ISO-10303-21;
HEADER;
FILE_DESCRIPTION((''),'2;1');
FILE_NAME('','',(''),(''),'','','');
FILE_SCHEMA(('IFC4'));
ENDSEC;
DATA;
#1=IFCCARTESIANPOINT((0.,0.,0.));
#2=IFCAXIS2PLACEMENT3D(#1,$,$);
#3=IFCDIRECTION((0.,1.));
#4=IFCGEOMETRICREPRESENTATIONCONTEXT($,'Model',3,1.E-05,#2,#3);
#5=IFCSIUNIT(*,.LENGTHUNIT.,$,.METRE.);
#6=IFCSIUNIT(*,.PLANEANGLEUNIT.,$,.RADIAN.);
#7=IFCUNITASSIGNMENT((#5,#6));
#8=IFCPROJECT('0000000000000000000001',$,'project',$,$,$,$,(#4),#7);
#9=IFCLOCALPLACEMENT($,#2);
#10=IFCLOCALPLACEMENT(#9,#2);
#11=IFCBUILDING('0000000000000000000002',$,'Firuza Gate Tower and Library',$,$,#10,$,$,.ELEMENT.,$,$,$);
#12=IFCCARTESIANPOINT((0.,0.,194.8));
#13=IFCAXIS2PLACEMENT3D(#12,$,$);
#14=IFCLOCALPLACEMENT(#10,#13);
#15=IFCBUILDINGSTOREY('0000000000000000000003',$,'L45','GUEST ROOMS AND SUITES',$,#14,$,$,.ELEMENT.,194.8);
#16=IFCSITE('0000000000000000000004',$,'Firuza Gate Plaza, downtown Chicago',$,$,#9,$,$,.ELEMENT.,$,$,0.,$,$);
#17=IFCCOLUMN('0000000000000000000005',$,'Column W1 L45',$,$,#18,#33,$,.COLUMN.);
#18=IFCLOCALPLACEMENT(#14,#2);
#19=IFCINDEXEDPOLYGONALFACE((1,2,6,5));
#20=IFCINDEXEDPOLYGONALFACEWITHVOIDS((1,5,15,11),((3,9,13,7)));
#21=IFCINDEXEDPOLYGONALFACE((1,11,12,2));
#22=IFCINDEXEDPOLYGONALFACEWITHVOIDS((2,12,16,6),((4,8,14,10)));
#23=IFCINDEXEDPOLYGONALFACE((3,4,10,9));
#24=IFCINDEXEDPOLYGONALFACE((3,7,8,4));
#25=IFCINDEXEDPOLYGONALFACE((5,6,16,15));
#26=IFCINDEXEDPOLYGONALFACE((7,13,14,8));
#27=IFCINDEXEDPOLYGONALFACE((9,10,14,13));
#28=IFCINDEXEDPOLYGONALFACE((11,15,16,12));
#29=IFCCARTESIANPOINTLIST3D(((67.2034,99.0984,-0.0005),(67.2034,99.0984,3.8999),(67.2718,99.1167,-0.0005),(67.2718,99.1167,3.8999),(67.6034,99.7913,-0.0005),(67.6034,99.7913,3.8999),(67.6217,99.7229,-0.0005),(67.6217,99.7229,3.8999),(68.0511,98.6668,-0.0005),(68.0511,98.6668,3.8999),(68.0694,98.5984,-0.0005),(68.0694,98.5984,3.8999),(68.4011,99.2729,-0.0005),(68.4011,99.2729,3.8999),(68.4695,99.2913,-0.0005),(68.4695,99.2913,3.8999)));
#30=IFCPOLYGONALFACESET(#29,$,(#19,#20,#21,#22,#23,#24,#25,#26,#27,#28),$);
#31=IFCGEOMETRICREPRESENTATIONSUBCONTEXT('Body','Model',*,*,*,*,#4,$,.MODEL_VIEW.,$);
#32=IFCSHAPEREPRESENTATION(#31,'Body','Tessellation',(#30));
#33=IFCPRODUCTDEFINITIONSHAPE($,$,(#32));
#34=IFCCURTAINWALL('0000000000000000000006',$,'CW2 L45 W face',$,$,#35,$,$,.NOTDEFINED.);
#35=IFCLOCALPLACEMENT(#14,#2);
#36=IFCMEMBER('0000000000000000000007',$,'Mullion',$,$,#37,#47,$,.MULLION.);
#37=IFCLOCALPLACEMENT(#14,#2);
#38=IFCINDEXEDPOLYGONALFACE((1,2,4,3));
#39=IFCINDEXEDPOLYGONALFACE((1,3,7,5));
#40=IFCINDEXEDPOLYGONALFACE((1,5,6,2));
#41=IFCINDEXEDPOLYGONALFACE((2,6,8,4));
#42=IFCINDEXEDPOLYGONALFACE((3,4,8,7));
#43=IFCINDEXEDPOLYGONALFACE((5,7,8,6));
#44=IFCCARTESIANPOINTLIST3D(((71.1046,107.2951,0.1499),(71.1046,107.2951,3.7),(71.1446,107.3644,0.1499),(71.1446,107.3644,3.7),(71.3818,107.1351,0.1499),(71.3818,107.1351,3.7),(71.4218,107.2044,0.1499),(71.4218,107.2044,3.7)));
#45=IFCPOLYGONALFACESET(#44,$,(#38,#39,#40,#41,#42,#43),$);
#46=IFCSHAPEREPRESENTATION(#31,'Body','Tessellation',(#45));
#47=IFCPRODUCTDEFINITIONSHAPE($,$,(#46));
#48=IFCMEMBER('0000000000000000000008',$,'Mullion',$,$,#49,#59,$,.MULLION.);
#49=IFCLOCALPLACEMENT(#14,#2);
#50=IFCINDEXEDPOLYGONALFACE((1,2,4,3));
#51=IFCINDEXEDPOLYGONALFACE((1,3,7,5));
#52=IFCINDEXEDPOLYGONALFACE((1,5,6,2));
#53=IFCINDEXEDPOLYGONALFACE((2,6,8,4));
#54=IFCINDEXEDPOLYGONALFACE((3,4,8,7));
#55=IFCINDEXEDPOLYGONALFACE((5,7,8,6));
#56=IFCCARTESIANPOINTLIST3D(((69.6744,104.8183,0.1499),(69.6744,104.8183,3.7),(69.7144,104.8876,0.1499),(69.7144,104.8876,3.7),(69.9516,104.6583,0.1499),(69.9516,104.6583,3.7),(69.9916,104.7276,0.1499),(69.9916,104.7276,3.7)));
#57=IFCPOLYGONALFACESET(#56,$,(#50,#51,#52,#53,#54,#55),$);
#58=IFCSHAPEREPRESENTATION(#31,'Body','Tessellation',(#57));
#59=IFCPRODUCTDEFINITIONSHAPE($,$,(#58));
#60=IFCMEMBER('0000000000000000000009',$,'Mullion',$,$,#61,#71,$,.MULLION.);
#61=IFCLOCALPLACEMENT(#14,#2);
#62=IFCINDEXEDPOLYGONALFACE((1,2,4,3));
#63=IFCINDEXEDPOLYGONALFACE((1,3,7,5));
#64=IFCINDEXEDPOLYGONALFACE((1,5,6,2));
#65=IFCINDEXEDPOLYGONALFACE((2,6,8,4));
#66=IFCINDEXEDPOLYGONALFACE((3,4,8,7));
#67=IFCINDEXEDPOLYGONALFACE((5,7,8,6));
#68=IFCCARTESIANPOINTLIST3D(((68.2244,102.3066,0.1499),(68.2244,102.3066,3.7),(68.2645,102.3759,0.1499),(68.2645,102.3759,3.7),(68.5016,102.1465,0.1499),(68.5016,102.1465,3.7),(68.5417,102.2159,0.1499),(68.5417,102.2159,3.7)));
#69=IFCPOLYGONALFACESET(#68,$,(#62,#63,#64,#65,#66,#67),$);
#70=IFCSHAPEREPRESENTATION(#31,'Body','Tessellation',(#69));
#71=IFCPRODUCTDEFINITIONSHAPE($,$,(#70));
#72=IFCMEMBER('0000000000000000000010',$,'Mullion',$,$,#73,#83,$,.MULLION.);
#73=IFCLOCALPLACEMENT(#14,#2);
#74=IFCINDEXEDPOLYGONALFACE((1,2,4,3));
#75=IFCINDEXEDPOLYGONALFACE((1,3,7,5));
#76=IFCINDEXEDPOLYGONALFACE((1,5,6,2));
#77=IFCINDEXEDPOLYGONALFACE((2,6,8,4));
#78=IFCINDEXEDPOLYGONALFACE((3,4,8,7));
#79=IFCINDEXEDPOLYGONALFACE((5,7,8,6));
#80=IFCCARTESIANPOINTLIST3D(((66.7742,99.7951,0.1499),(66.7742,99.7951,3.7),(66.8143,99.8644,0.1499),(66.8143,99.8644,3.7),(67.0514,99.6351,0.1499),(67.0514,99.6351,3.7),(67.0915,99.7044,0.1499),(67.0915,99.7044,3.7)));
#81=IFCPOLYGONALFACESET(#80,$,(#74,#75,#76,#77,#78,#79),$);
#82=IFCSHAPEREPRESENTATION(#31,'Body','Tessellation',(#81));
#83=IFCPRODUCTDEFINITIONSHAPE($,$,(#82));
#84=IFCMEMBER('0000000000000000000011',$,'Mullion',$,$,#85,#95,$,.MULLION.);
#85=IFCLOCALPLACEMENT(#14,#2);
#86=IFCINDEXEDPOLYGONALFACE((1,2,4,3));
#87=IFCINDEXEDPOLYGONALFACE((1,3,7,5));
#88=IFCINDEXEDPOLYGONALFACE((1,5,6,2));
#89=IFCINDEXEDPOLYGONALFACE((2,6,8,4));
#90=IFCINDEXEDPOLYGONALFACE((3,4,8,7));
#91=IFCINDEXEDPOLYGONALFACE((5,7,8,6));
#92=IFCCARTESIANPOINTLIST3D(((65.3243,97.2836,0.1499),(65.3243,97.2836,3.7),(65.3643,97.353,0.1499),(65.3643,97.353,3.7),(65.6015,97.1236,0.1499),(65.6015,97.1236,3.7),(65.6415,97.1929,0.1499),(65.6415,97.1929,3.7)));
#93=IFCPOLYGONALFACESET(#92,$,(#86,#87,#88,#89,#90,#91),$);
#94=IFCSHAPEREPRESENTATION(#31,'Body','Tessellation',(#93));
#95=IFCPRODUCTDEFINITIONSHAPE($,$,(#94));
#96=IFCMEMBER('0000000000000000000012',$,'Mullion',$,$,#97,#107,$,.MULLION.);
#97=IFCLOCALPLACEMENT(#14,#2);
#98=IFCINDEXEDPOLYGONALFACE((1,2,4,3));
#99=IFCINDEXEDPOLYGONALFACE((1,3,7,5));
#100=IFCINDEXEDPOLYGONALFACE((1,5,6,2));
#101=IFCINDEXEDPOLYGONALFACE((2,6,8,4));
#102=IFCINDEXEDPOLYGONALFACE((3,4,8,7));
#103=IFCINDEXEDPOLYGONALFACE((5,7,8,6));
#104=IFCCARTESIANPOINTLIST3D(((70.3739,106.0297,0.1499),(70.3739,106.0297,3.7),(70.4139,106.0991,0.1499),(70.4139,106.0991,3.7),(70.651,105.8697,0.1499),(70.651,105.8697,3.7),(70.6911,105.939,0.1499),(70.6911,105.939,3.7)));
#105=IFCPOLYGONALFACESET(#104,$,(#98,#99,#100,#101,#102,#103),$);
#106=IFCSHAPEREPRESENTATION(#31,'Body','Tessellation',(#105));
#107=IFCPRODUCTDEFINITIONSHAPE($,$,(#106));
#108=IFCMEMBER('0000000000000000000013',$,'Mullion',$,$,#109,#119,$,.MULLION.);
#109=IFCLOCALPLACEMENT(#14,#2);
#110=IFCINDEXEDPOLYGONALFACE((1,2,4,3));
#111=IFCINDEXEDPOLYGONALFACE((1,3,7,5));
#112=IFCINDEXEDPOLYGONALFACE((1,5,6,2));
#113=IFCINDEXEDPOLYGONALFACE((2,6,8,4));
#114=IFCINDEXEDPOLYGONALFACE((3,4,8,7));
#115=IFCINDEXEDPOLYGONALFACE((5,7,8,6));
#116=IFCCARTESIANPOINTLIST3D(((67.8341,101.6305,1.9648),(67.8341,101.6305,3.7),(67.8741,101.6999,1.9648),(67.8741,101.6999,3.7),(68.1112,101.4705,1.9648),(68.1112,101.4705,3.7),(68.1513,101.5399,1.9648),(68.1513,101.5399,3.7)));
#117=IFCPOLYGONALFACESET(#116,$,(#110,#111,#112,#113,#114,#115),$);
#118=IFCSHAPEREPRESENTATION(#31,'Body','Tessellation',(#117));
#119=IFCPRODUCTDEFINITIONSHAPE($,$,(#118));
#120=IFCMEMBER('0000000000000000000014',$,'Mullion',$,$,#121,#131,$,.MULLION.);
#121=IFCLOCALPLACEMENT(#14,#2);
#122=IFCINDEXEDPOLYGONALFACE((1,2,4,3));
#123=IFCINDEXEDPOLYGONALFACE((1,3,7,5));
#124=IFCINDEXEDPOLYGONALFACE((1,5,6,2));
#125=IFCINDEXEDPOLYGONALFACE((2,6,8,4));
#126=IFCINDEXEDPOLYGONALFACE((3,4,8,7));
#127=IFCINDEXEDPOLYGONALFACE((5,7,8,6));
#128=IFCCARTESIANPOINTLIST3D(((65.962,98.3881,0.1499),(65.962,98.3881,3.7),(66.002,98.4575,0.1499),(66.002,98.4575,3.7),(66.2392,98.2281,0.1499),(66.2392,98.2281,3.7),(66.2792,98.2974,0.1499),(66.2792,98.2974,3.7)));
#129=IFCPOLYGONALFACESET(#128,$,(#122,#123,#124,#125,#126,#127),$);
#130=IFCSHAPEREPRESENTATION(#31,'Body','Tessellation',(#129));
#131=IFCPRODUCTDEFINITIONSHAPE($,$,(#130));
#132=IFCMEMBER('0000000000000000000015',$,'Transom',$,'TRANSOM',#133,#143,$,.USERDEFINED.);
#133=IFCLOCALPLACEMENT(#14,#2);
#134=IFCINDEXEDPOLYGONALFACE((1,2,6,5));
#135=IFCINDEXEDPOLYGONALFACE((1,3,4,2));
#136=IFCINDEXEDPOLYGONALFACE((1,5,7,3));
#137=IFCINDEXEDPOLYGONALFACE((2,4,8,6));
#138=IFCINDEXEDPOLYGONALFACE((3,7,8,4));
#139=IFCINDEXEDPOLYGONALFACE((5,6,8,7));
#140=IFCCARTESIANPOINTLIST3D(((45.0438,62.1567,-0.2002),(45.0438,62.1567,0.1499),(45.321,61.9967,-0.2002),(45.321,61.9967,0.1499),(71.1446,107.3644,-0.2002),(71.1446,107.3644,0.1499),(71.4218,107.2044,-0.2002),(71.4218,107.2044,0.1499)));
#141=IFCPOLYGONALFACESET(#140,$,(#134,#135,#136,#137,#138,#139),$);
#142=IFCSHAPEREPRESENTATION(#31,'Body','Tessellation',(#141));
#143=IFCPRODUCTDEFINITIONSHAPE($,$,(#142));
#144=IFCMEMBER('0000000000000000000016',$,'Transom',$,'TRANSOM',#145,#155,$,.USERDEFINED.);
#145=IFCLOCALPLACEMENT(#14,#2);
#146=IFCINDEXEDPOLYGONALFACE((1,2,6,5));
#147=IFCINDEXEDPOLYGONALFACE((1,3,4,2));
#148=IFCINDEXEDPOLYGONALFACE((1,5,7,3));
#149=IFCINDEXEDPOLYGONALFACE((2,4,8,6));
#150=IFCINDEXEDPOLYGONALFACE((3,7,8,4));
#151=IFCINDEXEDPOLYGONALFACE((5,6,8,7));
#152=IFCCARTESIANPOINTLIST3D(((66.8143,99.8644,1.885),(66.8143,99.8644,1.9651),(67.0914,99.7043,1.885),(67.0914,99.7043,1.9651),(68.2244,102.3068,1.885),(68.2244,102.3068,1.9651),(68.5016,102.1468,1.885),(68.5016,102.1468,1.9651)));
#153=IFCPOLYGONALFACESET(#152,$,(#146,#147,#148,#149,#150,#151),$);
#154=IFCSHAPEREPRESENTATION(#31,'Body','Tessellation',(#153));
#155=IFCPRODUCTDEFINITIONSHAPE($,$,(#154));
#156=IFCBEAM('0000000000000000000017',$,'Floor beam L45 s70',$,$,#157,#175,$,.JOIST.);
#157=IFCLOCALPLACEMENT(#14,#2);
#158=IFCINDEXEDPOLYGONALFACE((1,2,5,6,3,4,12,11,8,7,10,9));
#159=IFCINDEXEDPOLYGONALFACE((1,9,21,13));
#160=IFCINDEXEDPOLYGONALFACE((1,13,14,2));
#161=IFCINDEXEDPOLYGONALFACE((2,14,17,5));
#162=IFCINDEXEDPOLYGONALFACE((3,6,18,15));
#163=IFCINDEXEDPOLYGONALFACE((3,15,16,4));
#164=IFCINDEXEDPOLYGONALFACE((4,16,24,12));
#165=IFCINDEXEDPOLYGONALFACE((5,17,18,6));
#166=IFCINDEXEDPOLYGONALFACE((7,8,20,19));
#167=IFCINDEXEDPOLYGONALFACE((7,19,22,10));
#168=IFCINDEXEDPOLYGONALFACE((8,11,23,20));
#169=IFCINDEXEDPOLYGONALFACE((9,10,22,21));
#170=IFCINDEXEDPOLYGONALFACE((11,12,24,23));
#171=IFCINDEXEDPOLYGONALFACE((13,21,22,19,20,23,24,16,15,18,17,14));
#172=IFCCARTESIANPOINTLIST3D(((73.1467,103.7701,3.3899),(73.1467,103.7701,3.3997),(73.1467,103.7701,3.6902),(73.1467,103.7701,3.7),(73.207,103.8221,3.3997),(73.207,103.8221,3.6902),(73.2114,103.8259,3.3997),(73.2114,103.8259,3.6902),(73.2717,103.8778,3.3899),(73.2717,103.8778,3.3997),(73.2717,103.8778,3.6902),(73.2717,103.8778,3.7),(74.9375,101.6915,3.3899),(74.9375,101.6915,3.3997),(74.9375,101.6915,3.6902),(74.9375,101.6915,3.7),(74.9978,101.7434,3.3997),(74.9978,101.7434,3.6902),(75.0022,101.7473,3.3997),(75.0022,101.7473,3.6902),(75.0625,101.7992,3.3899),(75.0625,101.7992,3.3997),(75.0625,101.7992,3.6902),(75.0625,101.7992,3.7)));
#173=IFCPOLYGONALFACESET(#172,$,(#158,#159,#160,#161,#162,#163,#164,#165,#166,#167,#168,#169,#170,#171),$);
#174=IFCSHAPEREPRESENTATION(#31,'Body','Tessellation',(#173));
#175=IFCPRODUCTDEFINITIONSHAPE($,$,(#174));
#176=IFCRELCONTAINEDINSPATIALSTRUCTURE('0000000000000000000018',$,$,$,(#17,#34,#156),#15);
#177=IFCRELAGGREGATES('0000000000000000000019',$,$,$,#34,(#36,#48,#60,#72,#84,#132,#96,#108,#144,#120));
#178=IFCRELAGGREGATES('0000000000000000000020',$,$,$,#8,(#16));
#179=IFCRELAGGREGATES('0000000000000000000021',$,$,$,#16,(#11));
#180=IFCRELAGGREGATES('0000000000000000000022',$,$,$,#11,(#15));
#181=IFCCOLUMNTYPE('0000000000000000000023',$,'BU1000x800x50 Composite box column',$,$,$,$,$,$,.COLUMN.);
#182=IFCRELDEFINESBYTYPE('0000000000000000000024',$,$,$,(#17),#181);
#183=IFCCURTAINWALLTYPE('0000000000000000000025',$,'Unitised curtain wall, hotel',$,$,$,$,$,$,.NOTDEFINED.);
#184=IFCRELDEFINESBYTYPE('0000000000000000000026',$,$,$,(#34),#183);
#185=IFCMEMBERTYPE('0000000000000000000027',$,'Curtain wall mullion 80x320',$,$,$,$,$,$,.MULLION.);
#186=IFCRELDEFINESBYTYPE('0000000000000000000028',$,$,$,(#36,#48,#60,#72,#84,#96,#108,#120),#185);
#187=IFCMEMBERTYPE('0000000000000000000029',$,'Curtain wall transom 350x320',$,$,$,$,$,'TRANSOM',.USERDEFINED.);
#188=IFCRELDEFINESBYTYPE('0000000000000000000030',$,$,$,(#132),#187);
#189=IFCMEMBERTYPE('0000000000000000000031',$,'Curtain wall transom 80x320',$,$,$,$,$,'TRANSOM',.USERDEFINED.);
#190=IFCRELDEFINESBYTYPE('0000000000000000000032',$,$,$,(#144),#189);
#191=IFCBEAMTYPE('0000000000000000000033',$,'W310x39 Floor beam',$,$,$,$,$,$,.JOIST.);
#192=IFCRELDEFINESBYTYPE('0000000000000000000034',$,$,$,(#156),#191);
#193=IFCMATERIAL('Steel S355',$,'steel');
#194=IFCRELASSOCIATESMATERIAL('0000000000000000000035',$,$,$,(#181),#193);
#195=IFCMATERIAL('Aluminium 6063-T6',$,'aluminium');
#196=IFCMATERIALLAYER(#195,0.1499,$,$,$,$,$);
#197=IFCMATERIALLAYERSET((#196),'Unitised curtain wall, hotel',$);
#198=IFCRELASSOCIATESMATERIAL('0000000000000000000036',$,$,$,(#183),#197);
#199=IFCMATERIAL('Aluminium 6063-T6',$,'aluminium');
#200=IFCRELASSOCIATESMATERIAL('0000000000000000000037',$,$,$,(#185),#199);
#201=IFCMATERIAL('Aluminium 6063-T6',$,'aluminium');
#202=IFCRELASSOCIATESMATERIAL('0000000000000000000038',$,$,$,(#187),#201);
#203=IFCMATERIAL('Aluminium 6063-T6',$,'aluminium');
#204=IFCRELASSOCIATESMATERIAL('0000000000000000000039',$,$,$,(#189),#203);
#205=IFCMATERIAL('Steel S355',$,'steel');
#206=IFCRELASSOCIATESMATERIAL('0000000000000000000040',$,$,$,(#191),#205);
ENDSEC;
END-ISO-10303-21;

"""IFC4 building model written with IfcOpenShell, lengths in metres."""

from ifc_helpers import new_model, si_unit, direction, frame, origin, origin_2d, place, context, subcontext, project, spatial, rectangle, hollow_rectangle, i_section, extrude, material, layer, layer_set, material_profile, profile_set, type_object, element, aggregate, save


model = new_model("IFC4")

# Units and contexts
model_context = context("Model", 3, precision=1e-05, world=origin(), true_north=direction((0.0, 1.0)))
body_context = subcontext(model_context, "Body", "Model", "MODEL_VIEW")
ifc_project = project(units=[si_unit("LENGTHUNIT", "METRE"), si_unit("PLANEANGLEUNIT", "RADIAN")], contexts=[model_context])

# Site, building, storey
site_placement = place(None, origin())
site = spatial("IfcSite", under=ifc_project, at=site_placement, Name="Firuza Gate Plaza, downtown Chicago", CompositionType="ELEMENT", RefElevation=0.0)
building_placement = place(site_placement, origin())
building = spatial("IfcBuilding", under=site, at=building_placement, Name="Firuza Gate Tower and Library", CompositionType="ELEMENT")
storey_placement = place(building_placement, frame((0.0, 0.0, 194.8)))
storey = spatial("IfcBuildingStorey", under=building, at=storey_placement, Name="L45", Description="GUEST ROOMS AND SUITES", CompositionType="ELEMENT", Elevation=194.8)

# Column
ifc_material_1 = material(Name="Steel S355", Category="steel")
ifc_material_profile_1 = material_profile(ifc_material_1, hollow_rectangle(XDim=0.8, YDim=1.0, WallThickness=0.05, at=origin_2d()))
ifc_profile_set_1 = profile_set([ifc_material_profile_1], Name="Steel S355")
column_type = type_object("IfcColumnType", Name="BU1000x800x50 Composite box column", PredefinedType="COLUMN", material=ifc_profile_set_1)
column_placement = place(storey_placement, frame((67.8364, 99.1948, -0.0005), z_axis=(0.0, 0.0, 1.0), x_axis=(-0.5, -0.866025, 0.0)))
element("IfcColumn", 1, at=column_placement, inside=storey, type_object=column_type, Name="Column W1 L45", PredefinedType="COLUMN", context=body_context, shape_type="SweptSolid", body=[
    extrude(hollow_rectangle(XDim=0.8, YDim=1.0, WallThickness=0.05, at=origin_2d()), origin(), (0.0, 0.0, 1.0), 3.9004),
])

# Curtain wall, members
ifc_material_2 = material(Name="Aluminium 6063-T6", Category="aluminium")
ifc_layer_1 = layer(ifc_material_2, 0.1499)
ifc_layer_set_1 = layer_set([ifc_layer_1], Name="Unitised curtain wall, hotel")
curtain_wall_type = type_object("IfcCurtainWallType", Name="Unitised curtain wall, hotel", PredefinedType="NOTDEFINED", material=ifc_layer_set_1)
curtain_wall_placement = place(storey_placement, origin())
curtain_wall = element("IfcCurtainWall", 2, at=curtain_wall_placement, inside=storey, type_object=curtain_wall_type, Name="CW2 L45 W face", PredefinedType="NOTDEFINED")
ifc_material_3 = material(Name="Aluminium 6063-T6", Category="aluminium")
ifc_material_profile_2 = material_profile(ifc_material_3, rectangle(XDim=0.3201, YDim=0.0801, at=origin_2d()))
ifc_profile_set_2 = profile_set([ifc_material_profile_2], Name="Aluminium 6063-T6")
member_type_1 = type_object("IfcMemberType", Name="Curtain wall mullion 80x320", PredefinedType="MULLION", material=ifc_profile_set_2)
member_1_placement = place(storey_placement, frame((71.2632, 107.2498, 0.1499), z_axis=(0.0, 0.0, 1.0), x_axis=(0.866025, -0.5, 0.0)))
member_1 = element("IfcMember", 3, at=member_1_placement, type_object=member_type_1, Name="Mullion", PredefinedType="MULLION", context=body_context, shape_type="SweptSolid", body=[
    extrude(rectangle(XDim=0.3201, YDim=0.0801, at=origin_2d()), origin(), (0.0, 0.0, 1.0), 3.55),
])
member_2_placement = place(storey_placement, frame((69.833, 104.7729, 0.1499), z_axis=(0.0, 0.0, 1.0), x_axis=(0.866025, -0.5, 0.0)))
member_2 = element("IfcMember", 4, at=member_2_placement, type_object=member_type_1, Name="Mullion", PredefinedType="MULLION", context=body_context, shape_type="SweptSolid", body=[
    extrude(rectangle(XDim=0.3201, YDim=0.0801, at=origin_2d()), origin(), (0.0, 0.0, 1.0), 3.55),
])
member_3_placement = place(storey_placement, frame((68.3831, 102.2612, 0.1499), z_axis=(0.0, 0.0, 1.0), x_axis=(0.866025, -0.5, 0.0)))
member_3 = element("IfcMember", 5, at=member_3_placement, type_object=member_type_1, Name="Mullion", PredefinedType="MULLION", context=body_context, shape_type="SweptSolid", body=[
    extrude(rectangle(XDim=0.3201, YDim=0.0801, at=origin_2d()), origin(), (0.0, 0.0, 1.0), 3.55),
])
member_4_placement = place(storey_placement, frame((66.9329, 99.7498, 0.1499), z_axis=(0.0, 0.0, 1.0), x_axis=(0.866025, -0.5, 0.0)))
member_4 = element("IfcMember", 6, at=member_4_placement, type_object=member_type_1, Name="Mullion", PredefinedType="MULLION", context=body_context, shape_type="SweptSolid", body=[
    extrude(rectangle(XDim=0.3201, YDim=0.0801, at=origin_2d()), origin(), (0.0, 0.0, 1.0), 3.55),
])
member_5_placement = place(storey_placement, frame((65.4829, 97.2383, 0.1499), z_axis=(0.0, 0.0, 1.0), x_axis=(0.866025, -0.5, 0.0)))
member_5 = element("IfcMember", 7, at=member_5_placement, type_object=member_type_1, Name="Mullion", PredefinedType="MULLION", context=body_context, shape_type="SweptSolid", body=[
    extrude(rectangle(XDim=0.3201, YDim=0.0801, at=origin_2d()), origin(), (0.0, 0.0, 1.0), 3.55),
])
member_6_placement = place(storey_placement, frame((70.5325, 105.9844, 0.1499), z_axis=(0.0, 0.0, 1.0), x_axis=(0.866025, -0.5, 0.0)))
member_6 = element("IfcMember", 8, at=member_6_placement, type_object=member_type_1, Name="Mullion", PredefinedType="MULLION", context=body_context, shape_type="SweptSolid", body=[
    extrude(rectangle(XDim=0.3201, YDim=0.0801, at=origin_2d()), origin(), (0.0, 0.0, 1.0), 3.55),
])
member_7_placement = place(storey_placement, frame((67.9927, 101.5852, 1.9648), z_axis=(0.0, 0.0, 1.0), x_axis=(0.866025, -0.5, 0.0)))
member_7 = element("IfcMember", 9, at=member_7_placement, type_object=member_type_1, Name="Mullion", PredefinedType="MULLION", context=body_context, shape_type="SweptSolid", body=[
    extrude(rectangle(XDim=0.3201, YDim=0.0801, at=origin_2d()), origin(), (0.0, 0.0, 1.0), 1.7351),
])
member_8_placement = place(storey_placement, frame((66.1206, 98.3428, 0.1499), z_axis=(0.0, 0.0, 1.0), x_axis=(0.866025, -0.5, 0.0)))
member_8 = element("IfcMember", 10, at=member_8_placement, type_object=member_type_1, Name="Mullion", PredefinedType="MULLION", context=body_context, shape_type="SweptSolid", body=[
    extrude(rectangle(XDim=0.3201, YDim=0.0801, at=origin_2d()), origin(), (0.0, 0.0, 1.0), 3.55),
])
ifc_material_4 = material(Name="Aluminium 6063-T6", Category="aluminium")
ifc_material_profile_3 = material_profile(ifc_material_4, rectangle(XDim=0.3201, YDim=0.3501, at=origin_2d()))
ifc_profile_set_3 = profile_set([ifc_material_profile_3], Name="Aluminium 6063-T6")
member_type_2 = type_object("IfcMemberType", Name="Curtain wall transom 350x320", ElementType="TRANSOM", PredefinedType="USERDEFINED", material=ifc_profile_set_3)
member_9_placement = place(storey_placement, frame((71.2832, 107.2844, -0.0251), z_axis=(-0.500002, -0.866024, 0.0), x_axis=(0.866024, -0.500002, 0.0)))
member_9 = element("IfcMember", 11, at=member_9_placement, type_object=member_type_2, Name="Transom", ObjectType="TRANSOM", PredefinedType="USERDEFINED", context=body_context, shape_type="SweptSolid", body=[
    extrude(rectangle(XDim=0.3201, YDim=0.3501, at=origin_2d()), origin(), (0.0, 0.0, 1.0), 52.2014),
])
ifc_material_5 = material(Name="Aluminium 6063-T6", Category="aluminium")
ifc_material_profile_4 = material_profile(ifc_material_5, rectangle(XDim=0.3201, YDim=0.0801, at=origin_2d()))
ifc_profile_set_4 = profile_set([ifc_material_profile_4], Name="Aluminium 6063-T6")
member_type_3 = type_object("IfcMemberType", Name="Curtain wall transom 80x320", ElementType="TRANSOM", PredefinedType="USERDEFINED", material=ifc_profile_set_4)
member_10_placement = place(storey_placement, frame((68.363, 102.2268, 1.925), z_axis=(-0.500012, -0.866018, 0.0), x_axis=(0.866018, -0.500012, 0.0)))
member_10 = element("IfcMember", 12, at=member_10_placement, type_object=member_type_3, Name="Transom", ObjectType="TRANSOM", PredefinedType="USERDEFINED", context=body_context, shape_type="SweptSolid", body=[
    extrude(rectangle(XDim=0.3201, YDim=0.0801, at=origin_2d()), origin(), (0.0, 0.0, 1.0), 2.8203),
])

# Beam
ifc_material_6 = material(Name="Steel S355", Category="steel")
ifc_material_profile_5 = material_profile(ifc_material_6, i_section(OverallWidth=0.165, OverallDepth=0.3101, WebThickness=0.0059, FlangeThickness=0.0098, at=origin_2d()))
ifc_profile_set_5 = profile_set([ifc_material_profile_5], Name="Steel S355")
beam_type_1 = type_object("IfcBeamType", Name="W310x39 Floor beam", PredefinedType="JOIST", material=ifc_profile_set_5)
beam_1_placement = place(storey_placement, frame((73.2092, 103.824, 3.5449), z_axis=(0.652702, -0.757615, 0.0), x_axis=(0.757615, 0.652702, 0.0)))
element("IfcBeam", 13, at=beam_1_placement, inside=storey, type_object=beam_type_1, Name="Floor beam L45 s70", PredefinedType="JOIST", context=body_context, shape_type="SweptSolid", body=[
    extrude(i_section(OverallWidth=0.165, OverallDepth=0.3101, WebThickness=0.0059, FlangeThickness=0.0098, at=origin_2d()), origin(), (0.0, 0.0, 1.0), 2.7437),
])

aggregate(curtain_wall, [member_1, member_2, member_3, member_4, member_5, member_9, member_6, member_7, member_10, member_8])

save(model, "model.ifc")
